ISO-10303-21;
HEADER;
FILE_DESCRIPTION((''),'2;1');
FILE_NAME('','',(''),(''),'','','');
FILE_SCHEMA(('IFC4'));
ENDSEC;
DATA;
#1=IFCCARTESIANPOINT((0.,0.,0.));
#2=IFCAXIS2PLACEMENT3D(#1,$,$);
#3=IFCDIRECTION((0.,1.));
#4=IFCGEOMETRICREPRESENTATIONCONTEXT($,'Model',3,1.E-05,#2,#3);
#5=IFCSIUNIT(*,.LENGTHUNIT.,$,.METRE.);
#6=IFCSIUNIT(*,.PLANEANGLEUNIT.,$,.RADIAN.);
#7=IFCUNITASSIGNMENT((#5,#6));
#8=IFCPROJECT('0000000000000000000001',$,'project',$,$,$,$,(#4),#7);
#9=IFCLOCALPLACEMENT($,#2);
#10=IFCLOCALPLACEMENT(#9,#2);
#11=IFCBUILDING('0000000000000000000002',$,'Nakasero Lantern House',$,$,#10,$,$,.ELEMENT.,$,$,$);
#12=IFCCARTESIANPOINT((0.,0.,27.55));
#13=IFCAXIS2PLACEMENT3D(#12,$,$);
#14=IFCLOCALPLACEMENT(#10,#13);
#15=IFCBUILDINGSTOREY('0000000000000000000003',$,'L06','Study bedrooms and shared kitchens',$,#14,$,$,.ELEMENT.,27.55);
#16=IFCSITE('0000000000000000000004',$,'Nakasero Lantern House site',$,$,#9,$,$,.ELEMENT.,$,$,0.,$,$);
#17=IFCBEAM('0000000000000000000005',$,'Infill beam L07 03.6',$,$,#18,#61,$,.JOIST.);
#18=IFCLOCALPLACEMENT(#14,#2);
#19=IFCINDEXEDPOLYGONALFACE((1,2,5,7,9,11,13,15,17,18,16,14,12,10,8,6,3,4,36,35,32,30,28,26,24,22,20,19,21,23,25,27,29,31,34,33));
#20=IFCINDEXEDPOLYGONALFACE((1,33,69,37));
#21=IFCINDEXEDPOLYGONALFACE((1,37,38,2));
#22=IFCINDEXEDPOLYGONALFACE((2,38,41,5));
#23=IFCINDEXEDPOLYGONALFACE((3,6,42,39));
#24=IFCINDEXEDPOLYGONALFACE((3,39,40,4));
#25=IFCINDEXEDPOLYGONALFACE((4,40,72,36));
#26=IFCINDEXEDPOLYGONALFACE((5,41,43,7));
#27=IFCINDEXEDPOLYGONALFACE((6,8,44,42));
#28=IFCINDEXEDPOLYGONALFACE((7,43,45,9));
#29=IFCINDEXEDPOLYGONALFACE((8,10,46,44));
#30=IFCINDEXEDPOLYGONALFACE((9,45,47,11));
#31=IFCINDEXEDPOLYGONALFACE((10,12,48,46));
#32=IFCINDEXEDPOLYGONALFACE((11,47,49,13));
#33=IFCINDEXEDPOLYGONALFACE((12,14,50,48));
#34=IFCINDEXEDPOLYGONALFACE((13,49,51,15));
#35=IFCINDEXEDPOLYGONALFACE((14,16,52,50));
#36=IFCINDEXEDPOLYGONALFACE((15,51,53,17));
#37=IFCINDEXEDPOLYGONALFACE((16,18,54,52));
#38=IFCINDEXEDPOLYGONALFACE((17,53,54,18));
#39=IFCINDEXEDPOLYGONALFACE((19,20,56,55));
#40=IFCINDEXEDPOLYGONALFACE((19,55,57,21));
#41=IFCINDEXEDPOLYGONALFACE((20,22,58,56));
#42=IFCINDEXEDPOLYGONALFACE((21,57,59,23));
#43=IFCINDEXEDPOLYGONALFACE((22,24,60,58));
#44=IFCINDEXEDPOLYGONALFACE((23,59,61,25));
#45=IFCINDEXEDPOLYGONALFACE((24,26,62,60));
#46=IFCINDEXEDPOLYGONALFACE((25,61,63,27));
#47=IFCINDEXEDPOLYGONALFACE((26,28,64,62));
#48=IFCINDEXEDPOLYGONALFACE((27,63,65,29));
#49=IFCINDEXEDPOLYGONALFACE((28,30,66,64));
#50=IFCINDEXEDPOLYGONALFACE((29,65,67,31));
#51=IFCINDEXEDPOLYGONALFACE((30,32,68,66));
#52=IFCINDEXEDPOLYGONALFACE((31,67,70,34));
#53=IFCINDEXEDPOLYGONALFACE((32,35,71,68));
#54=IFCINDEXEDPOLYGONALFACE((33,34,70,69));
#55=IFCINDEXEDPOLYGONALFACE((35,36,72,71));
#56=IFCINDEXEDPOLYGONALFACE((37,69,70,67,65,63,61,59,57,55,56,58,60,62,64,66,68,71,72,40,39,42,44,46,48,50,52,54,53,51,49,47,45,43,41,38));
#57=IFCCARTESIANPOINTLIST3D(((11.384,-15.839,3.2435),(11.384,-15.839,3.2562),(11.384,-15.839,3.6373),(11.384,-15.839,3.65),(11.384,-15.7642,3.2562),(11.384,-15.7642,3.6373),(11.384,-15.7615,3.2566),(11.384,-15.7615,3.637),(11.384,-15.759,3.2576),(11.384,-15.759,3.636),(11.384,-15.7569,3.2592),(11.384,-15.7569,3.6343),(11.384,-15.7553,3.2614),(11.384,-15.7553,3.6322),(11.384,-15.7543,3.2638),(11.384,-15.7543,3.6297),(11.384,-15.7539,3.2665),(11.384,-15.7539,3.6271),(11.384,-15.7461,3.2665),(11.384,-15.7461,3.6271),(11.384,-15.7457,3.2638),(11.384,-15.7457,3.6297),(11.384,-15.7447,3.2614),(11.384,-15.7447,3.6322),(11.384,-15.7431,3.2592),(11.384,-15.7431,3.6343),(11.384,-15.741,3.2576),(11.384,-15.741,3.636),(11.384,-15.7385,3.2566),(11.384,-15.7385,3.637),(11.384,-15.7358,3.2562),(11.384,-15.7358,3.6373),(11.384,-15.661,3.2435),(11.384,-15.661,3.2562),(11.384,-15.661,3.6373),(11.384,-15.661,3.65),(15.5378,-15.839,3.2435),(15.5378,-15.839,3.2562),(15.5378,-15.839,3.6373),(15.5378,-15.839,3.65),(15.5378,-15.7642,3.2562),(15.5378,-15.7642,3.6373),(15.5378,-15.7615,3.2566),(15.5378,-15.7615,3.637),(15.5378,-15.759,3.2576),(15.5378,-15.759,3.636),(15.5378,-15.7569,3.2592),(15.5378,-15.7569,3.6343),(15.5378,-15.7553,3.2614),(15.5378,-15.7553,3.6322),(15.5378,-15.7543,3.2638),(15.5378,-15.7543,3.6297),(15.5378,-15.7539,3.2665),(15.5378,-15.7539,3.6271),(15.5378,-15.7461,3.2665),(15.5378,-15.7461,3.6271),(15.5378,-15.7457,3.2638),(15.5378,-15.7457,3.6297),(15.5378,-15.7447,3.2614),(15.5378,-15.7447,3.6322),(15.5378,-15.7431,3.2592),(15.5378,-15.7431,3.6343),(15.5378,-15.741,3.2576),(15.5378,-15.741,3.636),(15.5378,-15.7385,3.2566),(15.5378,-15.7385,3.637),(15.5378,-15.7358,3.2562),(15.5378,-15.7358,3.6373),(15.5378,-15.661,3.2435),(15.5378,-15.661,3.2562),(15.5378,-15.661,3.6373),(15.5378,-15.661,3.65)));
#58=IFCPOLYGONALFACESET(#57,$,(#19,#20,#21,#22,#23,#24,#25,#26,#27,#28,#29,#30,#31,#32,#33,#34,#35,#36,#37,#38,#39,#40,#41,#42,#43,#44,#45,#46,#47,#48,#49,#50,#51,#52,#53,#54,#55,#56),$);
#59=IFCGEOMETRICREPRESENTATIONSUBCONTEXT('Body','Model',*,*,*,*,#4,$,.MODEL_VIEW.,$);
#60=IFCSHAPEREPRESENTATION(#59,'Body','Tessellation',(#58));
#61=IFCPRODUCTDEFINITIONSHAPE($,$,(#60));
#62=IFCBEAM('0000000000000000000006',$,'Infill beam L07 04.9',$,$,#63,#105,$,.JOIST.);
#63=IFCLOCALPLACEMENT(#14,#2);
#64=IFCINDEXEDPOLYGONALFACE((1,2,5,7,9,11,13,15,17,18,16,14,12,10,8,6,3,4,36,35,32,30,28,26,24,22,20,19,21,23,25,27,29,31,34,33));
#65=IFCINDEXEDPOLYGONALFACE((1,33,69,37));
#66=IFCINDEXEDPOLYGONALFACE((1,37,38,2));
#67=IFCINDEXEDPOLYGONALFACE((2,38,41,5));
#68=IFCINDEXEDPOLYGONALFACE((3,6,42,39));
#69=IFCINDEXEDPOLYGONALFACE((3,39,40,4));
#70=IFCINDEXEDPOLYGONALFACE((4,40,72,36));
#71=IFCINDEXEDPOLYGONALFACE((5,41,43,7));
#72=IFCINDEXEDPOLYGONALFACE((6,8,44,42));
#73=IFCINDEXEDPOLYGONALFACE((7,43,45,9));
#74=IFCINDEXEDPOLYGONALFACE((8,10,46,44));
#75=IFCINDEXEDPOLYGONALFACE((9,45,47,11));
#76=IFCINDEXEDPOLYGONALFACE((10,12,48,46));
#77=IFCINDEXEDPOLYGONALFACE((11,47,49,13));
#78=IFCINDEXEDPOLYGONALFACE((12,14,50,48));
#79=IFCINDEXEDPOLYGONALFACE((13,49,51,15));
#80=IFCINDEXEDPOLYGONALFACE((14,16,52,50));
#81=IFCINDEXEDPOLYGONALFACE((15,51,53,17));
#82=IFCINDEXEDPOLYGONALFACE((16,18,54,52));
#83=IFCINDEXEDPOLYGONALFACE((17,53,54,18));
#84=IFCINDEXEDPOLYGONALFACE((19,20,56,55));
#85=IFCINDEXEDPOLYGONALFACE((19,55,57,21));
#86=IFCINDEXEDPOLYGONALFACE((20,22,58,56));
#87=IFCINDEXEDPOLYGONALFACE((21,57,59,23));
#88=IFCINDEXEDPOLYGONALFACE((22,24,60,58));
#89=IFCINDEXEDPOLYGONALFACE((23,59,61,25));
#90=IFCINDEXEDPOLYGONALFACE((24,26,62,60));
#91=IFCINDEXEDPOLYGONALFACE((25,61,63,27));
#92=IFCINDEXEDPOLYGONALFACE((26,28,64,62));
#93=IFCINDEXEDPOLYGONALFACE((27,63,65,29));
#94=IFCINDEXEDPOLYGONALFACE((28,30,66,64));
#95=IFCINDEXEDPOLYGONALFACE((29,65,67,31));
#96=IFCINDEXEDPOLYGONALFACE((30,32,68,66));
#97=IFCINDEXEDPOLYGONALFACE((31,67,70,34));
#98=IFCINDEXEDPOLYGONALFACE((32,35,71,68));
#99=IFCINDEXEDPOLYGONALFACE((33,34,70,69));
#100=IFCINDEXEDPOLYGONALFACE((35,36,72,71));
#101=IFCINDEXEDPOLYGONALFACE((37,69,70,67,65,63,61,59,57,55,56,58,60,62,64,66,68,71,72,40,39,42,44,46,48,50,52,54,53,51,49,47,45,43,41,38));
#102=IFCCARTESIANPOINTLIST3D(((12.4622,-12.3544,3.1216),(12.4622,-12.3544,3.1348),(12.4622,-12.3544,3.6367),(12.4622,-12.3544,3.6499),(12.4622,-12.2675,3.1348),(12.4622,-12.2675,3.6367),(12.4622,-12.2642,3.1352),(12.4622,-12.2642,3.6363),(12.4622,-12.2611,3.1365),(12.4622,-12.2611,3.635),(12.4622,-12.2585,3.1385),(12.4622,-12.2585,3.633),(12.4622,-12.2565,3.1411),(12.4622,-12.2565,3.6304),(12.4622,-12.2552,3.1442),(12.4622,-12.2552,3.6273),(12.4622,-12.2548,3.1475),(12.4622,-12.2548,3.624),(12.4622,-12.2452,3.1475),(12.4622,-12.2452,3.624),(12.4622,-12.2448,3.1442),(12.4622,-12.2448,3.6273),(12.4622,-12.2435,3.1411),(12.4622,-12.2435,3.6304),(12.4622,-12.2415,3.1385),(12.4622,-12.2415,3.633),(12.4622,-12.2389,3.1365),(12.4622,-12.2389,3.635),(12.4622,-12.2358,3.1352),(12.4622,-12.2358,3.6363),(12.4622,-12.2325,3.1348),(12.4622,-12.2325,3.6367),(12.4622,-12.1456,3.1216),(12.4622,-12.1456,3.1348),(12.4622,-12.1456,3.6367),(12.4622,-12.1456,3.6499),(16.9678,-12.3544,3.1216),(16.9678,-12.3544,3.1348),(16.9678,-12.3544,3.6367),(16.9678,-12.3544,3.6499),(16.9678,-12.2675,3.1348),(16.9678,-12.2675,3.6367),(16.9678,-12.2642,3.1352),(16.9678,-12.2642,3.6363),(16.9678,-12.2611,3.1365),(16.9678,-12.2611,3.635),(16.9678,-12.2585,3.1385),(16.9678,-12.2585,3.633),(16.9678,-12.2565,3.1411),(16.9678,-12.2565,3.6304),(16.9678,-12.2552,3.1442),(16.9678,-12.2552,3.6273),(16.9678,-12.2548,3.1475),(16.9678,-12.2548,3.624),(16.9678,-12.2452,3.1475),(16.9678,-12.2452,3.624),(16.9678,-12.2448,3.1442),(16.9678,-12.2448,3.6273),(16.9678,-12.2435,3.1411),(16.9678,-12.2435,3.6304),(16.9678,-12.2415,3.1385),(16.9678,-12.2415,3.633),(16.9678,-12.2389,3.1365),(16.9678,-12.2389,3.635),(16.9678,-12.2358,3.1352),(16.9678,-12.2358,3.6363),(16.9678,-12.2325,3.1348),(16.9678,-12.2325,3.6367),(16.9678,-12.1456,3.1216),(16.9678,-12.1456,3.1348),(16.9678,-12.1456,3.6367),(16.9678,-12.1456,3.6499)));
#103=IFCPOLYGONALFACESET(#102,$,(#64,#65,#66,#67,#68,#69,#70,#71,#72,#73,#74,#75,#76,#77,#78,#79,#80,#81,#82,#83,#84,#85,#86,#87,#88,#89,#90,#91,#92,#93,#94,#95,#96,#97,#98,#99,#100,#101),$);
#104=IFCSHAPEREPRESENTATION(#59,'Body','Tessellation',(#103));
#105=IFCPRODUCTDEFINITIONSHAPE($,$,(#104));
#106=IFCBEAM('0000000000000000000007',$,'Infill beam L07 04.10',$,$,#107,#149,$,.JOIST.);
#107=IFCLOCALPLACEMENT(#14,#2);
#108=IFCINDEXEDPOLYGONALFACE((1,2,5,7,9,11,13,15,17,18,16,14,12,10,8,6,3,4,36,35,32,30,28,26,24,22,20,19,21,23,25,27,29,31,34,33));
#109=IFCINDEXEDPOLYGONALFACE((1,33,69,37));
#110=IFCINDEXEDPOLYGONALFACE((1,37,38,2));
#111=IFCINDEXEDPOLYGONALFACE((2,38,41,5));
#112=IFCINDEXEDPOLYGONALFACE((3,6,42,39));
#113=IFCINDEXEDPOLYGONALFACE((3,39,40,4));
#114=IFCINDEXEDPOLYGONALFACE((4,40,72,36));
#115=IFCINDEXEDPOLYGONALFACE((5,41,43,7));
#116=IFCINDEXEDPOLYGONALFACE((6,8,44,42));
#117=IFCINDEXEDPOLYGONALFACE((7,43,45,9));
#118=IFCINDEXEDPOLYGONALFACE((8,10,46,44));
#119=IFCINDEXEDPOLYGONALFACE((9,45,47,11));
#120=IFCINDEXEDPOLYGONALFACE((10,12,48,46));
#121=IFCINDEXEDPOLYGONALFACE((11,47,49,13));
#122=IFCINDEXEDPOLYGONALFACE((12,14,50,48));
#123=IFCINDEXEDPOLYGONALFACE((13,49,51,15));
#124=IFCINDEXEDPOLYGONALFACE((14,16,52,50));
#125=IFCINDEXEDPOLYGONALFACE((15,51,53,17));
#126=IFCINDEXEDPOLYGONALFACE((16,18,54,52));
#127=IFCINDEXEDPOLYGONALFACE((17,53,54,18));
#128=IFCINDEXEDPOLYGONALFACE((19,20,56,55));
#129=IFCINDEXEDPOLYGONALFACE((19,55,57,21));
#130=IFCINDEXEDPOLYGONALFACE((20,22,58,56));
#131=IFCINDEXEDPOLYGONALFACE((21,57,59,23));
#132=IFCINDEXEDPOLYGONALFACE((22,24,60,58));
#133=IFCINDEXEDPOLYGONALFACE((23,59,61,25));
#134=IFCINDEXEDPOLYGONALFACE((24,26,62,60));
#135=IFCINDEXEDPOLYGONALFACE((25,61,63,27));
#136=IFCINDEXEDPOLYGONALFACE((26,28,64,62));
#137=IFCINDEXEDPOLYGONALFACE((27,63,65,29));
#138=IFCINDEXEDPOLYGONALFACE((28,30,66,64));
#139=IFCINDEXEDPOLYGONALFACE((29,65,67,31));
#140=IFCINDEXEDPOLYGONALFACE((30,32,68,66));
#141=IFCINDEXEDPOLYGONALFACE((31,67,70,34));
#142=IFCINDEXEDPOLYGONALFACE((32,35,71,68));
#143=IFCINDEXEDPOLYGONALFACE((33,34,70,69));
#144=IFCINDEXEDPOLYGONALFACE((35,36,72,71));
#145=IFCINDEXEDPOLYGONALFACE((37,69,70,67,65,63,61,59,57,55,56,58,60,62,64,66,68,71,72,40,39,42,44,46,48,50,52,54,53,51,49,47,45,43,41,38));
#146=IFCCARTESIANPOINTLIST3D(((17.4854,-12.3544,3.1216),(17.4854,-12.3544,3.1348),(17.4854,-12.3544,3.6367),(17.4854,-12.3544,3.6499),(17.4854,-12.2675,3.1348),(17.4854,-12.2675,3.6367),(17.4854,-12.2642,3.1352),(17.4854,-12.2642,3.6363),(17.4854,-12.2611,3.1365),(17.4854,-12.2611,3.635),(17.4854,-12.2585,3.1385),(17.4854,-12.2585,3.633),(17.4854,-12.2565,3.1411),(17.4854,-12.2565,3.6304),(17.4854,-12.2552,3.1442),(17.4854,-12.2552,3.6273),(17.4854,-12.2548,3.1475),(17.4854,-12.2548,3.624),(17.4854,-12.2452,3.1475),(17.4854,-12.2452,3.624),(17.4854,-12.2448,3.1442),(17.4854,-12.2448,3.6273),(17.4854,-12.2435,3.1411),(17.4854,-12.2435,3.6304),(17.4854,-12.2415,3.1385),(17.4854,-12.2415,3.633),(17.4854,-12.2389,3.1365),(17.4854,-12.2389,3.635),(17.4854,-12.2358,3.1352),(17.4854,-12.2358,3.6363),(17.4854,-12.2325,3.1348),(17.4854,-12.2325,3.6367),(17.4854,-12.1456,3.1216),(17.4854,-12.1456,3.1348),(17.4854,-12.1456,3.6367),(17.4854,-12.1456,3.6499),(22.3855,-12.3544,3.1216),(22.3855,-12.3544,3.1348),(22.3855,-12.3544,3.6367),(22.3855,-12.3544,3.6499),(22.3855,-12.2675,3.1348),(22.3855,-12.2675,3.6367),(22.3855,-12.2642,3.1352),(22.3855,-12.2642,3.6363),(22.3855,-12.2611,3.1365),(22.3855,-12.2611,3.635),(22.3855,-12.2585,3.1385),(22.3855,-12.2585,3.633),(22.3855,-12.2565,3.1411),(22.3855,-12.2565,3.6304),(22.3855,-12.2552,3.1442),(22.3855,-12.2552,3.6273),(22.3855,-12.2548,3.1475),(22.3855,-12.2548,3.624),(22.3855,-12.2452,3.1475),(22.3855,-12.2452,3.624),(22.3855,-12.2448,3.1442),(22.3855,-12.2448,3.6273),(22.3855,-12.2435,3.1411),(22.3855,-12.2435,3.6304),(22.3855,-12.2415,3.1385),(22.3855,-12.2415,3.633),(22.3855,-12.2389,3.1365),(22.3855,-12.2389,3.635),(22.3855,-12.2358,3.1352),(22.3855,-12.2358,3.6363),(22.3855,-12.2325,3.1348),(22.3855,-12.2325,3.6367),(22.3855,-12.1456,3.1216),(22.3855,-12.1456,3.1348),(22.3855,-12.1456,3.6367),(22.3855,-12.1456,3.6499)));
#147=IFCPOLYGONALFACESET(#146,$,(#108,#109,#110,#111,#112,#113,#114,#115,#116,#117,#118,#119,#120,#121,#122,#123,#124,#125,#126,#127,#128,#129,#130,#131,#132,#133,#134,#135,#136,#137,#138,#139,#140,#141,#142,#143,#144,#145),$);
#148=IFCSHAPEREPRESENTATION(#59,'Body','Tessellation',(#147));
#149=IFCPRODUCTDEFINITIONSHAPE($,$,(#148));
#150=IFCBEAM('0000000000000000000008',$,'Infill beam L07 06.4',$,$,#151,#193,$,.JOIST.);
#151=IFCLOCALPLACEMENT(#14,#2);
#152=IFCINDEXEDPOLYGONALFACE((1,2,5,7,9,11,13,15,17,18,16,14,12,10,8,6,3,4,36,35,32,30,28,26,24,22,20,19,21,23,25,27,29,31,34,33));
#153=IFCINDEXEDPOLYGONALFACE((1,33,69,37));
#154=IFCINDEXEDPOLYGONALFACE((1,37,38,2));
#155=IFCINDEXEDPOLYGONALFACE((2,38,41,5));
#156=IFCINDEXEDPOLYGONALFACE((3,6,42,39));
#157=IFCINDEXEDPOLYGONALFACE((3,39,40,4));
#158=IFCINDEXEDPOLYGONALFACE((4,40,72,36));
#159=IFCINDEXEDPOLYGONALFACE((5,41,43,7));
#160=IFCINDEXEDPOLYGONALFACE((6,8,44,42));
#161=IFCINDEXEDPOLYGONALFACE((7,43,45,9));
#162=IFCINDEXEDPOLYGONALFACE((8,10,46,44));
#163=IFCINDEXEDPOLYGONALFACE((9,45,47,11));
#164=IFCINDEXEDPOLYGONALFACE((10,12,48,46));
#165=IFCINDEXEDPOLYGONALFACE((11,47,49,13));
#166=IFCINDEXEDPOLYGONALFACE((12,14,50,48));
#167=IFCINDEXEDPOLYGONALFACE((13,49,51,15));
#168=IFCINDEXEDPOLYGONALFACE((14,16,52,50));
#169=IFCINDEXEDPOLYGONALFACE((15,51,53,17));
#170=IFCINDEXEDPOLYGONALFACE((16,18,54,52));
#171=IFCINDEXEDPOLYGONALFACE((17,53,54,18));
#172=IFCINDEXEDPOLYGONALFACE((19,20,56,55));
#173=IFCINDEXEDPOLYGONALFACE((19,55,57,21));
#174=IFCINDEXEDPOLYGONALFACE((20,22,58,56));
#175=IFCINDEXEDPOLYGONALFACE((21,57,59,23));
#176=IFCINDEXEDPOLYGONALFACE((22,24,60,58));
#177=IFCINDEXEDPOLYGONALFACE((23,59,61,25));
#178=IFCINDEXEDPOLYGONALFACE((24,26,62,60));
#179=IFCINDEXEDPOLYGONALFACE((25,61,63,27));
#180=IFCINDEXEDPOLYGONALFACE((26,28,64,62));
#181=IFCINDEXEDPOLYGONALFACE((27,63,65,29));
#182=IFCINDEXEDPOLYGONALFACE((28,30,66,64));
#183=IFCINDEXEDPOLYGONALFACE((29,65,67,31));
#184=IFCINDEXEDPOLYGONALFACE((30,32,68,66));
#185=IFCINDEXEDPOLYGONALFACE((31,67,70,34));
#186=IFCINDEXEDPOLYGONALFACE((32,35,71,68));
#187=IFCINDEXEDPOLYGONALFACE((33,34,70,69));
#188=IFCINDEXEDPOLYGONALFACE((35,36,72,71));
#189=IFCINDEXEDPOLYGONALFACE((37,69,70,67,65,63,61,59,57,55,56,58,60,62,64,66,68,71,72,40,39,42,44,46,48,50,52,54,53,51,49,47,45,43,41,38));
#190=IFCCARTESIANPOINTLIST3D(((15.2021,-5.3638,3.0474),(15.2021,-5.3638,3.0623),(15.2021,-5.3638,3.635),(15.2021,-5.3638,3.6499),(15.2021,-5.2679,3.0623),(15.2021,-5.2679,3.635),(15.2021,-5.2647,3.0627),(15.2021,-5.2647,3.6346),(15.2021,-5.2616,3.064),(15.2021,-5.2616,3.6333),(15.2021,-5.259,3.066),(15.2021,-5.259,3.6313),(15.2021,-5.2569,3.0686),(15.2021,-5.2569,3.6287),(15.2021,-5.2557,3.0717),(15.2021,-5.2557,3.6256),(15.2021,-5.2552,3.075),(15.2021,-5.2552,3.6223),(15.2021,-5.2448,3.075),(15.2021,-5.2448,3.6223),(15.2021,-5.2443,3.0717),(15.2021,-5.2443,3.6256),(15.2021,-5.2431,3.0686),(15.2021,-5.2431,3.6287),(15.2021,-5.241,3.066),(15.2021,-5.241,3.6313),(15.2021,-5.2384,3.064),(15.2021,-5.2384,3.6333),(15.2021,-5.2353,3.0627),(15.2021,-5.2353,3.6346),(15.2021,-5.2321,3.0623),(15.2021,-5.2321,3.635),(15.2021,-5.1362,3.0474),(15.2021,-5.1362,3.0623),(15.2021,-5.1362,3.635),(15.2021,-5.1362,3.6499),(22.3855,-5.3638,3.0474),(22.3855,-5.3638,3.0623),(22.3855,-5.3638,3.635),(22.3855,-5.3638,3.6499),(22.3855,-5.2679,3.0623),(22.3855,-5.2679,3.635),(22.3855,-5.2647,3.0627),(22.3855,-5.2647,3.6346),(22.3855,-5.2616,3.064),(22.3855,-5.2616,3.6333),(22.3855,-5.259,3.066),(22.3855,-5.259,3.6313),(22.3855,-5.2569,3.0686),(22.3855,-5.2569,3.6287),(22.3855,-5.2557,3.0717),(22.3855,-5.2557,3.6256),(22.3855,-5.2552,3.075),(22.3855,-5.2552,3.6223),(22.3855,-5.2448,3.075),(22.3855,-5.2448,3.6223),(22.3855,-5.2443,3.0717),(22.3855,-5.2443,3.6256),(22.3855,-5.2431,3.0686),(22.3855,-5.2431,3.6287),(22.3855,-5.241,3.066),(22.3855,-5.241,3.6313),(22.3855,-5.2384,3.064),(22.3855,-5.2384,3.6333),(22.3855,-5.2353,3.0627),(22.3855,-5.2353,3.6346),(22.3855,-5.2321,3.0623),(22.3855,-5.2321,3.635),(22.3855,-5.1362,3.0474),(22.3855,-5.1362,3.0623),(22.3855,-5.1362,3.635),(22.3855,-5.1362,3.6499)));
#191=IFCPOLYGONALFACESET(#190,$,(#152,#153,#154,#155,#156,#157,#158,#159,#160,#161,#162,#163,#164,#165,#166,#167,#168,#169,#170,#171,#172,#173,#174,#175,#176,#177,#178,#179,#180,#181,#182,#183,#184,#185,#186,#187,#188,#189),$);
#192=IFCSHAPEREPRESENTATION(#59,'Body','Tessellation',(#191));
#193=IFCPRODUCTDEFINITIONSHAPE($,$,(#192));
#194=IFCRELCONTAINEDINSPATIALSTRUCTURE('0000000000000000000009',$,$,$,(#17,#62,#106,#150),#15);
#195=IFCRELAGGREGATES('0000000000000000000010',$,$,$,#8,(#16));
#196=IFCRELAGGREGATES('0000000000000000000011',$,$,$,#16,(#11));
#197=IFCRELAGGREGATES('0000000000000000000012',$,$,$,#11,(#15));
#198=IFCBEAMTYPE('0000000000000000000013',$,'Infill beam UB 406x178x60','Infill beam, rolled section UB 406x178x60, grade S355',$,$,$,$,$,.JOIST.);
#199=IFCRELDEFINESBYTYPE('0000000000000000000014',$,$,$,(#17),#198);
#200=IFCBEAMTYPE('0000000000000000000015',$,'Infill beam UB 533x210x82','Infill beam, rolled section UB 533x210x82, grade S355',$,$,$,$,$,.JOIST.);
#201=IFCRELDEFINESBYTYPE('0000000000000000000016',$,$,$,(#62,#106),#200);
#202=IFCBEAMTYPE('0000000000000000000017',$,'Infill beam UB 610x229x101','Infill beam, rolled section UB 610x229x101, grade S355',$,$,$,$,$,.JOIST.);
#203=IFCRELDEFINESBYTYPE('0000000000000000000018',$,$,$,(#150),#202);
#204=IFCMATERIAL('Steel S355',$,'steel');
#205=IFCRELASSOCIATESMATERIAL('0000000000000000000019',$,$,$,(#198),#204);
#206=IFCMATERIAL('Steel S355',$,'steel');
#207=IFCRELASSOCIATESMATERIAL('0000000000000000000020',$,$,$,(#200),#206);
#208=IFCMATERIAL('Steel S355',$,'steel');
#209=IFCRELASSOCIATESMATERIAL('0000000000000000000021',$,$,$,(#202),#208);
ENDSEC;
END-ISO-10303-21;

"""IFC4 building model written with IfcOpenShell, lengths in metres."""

from ifc_helpers import new_model, si_unit, direction, frame, origin, origin_2d, place, context, subcontext, project, spatial, i_section, extrude, material, material_profile, profile_set, type_object, element, save


model = new_model("IFC4")

# Units and contexts
model_context = context("Model", 3, precision=1e-05, world=origin(), true_north=direction((0.0, 1.0)))
body_context = subcontext(model_context, "Body", "Model", "MODEL_VIEW")
ifc_project = project(units=[si_unit("LENGTHUNIT", "METRE"), si_unit("PLANEANGLEUNIT", "RADIAN")], contexts=[model_context])

# Site, building, storey
site_placement = place(None, origin())
site = spatial("IfcSite", under=ifc_project, at=site_placement, Name="Nakasero Lantern House site", CompositionType="ELEMENT", RefElevation=0.0)
building_placement = place(site_placement, origin())
building = spatial("IfcBuilding", under=site, at=building_placement, Name="Nakasero Lantern House", CompositionType="ELEMENT")
storey_placement = place(building_placement, frame((0.0, 0.0, 27.55)))
storey = spatial("IfcBuildingStorey", under=building, at=storey_placement, Name="L06", Description="Study bedrooms and shared kitchens", CompositionType="ELEMENT", Elevation=27.55)

# Beams
ifc_material_1 = material(Name="Steel S355", Category="steel")
ifc_material_profile_1 = material_profile(ifc_material_1, i_section(OverallWidth=0.178, OverallDepth=0.4065, WebThickness=0.0078, FlangeThickness=0.0127, FilletRadius=0.0103, at=origin_2d()), Name="UB 406x178x60")
ifc_profile_set_1 = profile_set([ifc_material_profile_1], Name="Steel S355")
beam_type_1 = type_object("IfcBeamType", Name="Infill beam UB 406x178x60", Description="Infill beam, rolled section UB 406x178x60, grade S355", PredefinedType="JOIST", material=ifc_profile_set_1)
beam_1_placement = place(storey_placement, frame((11.384, -15.75, 3.4468), z_axis=(1.0, 0.0, 0.0), x_axis=(0.0, 1.0, 0.0)))
element("IfcBeam", 1, at=beam_1_placement, inside=storey, type_object=beam_type_1, Name="Infill beam L07 03.6", PredefinedType="JOIST", context=body_context, shape_type="SweptSolid", body=[
    extrude(i_section(OverallWidth=0.178, OverallDepth=0.4065, WebThickness=0.0078, FlangeThickness=0.0127, FilletRadius=0.0103, at=origin_2d()), origin(), (0.0, 0.0, 1.0), 4.1538),
])
ifc_material_2 = material(Name="Steel S355", Category="steel")
ifc_material_profile_2 = material_profile(ifc_material_2, i_section(OverallWidth=0.2087, OverallDepth=0.5283, WebThickness=0.0095, FlangeThickness=0.0132, FilletRadius=0.0127, at=origin_2d()), Name="UB 533x210x82")
ifc_profile_set_2 = profile_set([ifc_material_profile_2], Name="Steel S355")
beam_type_2 = type_object("IfcBeamType", Name="Infill beam UB 533x210x82", Description="Infill beam, rolled section UB 533x210x82, grade S355", PredefinedType="JOIST", material=ifc_profile_set_2)
beam_2_placement = place(storey_placement, frame((12.4622, -12.25, 3.3857), z_axis=(1.0, 0.0, 0.0), x_axis=(0.0, 1.0, 0.0)))
element("IfcBeam", 2, at=beam_2_placement, inside=storey, type_object=beam_type_2, Name="Infill beam L07 04.9", PredefinedType="JOIST", context=body_context, shape_type="SweptSolid", body=[
    extrude(i_section(OverallWidth=0.2087, OverallDepth=0.5283, WebThickness=0.0095, FlangeThickness=0.0132, FilletRadius=0.0127, at=origin_2d()), origin(), (0.0, 0.0, 1.0), 4.5056),
])
beam_3_placement = place(storey_placement, frame((17.4854, -12.25, 3.3857), z_axis=(1.0, 0.0, 0.0), x_axis=(0.0, 1.0, 0.0)))
element("IfcBeam", 3, at=beam_3_placement, inside=storey, type_object=beam_type_2, Name="Infill beam L07 04.10", PredefinedType="JOIST", context=body_context, shape_type="SweptSolid", body=[
    extrude(i_section(OverallWidth=0.2087, OverallDepth=0.5283, WebThickness=0.0095, FlangeThickness=0.0132, FilletRadius=0.0127, at=origin_2d()), origin(), (0.0, 0.0, 1.0), 4.9001),
])
ifc_material_3 = material(Name="Steel S355", Category="steel")
ifc_material_profile_3 = material_profile(ifc_material_3, i_section(OverallWidth=0.2275, OverallDepth=0.6025, WebThickness=0.0105, FlangeThickness=0.0149, FilletRadius=0.0127, at=origin_2d()), Name="UB 610x229x101")
ifc_profile_set_3 = profile_set([ifc_material_profile_3], Name="Steel S355")
beam_type_3 = type_object("IfcBeamType", Name="Infill beam UB 610x229x101", Description="Infill beam, rolled section UB 610x229x101, grade S355", PredefinedType="JOIST", material=ifc_profile_set_3)
beam_4_placement = place(storey_placement, frame((15.2021, -5.25, 3.3486), z_axis=(1.0, 0.0, 0.0), x_axis=(0.0, 1.0, 0.0)))
element("IfcBeam", 4, at=beam_4_placement, inside=storey, type_object=beam_type_3, Name="Infill beam L07 06.4", PredefinedType="JOIST", context=body_context, shape_type="SweptSolid", body=[
    extrude(i_section(OverallWidth=0.2275, OverallDepth=0.6025, WebThickness=0.0105, FlangeThickness=0.0149, FilletRadius=0.0127, at=origin_2d()), origin(), (0.0, 0.0, 1.0), 7.1833),
])

save(model, "model.ifc")
